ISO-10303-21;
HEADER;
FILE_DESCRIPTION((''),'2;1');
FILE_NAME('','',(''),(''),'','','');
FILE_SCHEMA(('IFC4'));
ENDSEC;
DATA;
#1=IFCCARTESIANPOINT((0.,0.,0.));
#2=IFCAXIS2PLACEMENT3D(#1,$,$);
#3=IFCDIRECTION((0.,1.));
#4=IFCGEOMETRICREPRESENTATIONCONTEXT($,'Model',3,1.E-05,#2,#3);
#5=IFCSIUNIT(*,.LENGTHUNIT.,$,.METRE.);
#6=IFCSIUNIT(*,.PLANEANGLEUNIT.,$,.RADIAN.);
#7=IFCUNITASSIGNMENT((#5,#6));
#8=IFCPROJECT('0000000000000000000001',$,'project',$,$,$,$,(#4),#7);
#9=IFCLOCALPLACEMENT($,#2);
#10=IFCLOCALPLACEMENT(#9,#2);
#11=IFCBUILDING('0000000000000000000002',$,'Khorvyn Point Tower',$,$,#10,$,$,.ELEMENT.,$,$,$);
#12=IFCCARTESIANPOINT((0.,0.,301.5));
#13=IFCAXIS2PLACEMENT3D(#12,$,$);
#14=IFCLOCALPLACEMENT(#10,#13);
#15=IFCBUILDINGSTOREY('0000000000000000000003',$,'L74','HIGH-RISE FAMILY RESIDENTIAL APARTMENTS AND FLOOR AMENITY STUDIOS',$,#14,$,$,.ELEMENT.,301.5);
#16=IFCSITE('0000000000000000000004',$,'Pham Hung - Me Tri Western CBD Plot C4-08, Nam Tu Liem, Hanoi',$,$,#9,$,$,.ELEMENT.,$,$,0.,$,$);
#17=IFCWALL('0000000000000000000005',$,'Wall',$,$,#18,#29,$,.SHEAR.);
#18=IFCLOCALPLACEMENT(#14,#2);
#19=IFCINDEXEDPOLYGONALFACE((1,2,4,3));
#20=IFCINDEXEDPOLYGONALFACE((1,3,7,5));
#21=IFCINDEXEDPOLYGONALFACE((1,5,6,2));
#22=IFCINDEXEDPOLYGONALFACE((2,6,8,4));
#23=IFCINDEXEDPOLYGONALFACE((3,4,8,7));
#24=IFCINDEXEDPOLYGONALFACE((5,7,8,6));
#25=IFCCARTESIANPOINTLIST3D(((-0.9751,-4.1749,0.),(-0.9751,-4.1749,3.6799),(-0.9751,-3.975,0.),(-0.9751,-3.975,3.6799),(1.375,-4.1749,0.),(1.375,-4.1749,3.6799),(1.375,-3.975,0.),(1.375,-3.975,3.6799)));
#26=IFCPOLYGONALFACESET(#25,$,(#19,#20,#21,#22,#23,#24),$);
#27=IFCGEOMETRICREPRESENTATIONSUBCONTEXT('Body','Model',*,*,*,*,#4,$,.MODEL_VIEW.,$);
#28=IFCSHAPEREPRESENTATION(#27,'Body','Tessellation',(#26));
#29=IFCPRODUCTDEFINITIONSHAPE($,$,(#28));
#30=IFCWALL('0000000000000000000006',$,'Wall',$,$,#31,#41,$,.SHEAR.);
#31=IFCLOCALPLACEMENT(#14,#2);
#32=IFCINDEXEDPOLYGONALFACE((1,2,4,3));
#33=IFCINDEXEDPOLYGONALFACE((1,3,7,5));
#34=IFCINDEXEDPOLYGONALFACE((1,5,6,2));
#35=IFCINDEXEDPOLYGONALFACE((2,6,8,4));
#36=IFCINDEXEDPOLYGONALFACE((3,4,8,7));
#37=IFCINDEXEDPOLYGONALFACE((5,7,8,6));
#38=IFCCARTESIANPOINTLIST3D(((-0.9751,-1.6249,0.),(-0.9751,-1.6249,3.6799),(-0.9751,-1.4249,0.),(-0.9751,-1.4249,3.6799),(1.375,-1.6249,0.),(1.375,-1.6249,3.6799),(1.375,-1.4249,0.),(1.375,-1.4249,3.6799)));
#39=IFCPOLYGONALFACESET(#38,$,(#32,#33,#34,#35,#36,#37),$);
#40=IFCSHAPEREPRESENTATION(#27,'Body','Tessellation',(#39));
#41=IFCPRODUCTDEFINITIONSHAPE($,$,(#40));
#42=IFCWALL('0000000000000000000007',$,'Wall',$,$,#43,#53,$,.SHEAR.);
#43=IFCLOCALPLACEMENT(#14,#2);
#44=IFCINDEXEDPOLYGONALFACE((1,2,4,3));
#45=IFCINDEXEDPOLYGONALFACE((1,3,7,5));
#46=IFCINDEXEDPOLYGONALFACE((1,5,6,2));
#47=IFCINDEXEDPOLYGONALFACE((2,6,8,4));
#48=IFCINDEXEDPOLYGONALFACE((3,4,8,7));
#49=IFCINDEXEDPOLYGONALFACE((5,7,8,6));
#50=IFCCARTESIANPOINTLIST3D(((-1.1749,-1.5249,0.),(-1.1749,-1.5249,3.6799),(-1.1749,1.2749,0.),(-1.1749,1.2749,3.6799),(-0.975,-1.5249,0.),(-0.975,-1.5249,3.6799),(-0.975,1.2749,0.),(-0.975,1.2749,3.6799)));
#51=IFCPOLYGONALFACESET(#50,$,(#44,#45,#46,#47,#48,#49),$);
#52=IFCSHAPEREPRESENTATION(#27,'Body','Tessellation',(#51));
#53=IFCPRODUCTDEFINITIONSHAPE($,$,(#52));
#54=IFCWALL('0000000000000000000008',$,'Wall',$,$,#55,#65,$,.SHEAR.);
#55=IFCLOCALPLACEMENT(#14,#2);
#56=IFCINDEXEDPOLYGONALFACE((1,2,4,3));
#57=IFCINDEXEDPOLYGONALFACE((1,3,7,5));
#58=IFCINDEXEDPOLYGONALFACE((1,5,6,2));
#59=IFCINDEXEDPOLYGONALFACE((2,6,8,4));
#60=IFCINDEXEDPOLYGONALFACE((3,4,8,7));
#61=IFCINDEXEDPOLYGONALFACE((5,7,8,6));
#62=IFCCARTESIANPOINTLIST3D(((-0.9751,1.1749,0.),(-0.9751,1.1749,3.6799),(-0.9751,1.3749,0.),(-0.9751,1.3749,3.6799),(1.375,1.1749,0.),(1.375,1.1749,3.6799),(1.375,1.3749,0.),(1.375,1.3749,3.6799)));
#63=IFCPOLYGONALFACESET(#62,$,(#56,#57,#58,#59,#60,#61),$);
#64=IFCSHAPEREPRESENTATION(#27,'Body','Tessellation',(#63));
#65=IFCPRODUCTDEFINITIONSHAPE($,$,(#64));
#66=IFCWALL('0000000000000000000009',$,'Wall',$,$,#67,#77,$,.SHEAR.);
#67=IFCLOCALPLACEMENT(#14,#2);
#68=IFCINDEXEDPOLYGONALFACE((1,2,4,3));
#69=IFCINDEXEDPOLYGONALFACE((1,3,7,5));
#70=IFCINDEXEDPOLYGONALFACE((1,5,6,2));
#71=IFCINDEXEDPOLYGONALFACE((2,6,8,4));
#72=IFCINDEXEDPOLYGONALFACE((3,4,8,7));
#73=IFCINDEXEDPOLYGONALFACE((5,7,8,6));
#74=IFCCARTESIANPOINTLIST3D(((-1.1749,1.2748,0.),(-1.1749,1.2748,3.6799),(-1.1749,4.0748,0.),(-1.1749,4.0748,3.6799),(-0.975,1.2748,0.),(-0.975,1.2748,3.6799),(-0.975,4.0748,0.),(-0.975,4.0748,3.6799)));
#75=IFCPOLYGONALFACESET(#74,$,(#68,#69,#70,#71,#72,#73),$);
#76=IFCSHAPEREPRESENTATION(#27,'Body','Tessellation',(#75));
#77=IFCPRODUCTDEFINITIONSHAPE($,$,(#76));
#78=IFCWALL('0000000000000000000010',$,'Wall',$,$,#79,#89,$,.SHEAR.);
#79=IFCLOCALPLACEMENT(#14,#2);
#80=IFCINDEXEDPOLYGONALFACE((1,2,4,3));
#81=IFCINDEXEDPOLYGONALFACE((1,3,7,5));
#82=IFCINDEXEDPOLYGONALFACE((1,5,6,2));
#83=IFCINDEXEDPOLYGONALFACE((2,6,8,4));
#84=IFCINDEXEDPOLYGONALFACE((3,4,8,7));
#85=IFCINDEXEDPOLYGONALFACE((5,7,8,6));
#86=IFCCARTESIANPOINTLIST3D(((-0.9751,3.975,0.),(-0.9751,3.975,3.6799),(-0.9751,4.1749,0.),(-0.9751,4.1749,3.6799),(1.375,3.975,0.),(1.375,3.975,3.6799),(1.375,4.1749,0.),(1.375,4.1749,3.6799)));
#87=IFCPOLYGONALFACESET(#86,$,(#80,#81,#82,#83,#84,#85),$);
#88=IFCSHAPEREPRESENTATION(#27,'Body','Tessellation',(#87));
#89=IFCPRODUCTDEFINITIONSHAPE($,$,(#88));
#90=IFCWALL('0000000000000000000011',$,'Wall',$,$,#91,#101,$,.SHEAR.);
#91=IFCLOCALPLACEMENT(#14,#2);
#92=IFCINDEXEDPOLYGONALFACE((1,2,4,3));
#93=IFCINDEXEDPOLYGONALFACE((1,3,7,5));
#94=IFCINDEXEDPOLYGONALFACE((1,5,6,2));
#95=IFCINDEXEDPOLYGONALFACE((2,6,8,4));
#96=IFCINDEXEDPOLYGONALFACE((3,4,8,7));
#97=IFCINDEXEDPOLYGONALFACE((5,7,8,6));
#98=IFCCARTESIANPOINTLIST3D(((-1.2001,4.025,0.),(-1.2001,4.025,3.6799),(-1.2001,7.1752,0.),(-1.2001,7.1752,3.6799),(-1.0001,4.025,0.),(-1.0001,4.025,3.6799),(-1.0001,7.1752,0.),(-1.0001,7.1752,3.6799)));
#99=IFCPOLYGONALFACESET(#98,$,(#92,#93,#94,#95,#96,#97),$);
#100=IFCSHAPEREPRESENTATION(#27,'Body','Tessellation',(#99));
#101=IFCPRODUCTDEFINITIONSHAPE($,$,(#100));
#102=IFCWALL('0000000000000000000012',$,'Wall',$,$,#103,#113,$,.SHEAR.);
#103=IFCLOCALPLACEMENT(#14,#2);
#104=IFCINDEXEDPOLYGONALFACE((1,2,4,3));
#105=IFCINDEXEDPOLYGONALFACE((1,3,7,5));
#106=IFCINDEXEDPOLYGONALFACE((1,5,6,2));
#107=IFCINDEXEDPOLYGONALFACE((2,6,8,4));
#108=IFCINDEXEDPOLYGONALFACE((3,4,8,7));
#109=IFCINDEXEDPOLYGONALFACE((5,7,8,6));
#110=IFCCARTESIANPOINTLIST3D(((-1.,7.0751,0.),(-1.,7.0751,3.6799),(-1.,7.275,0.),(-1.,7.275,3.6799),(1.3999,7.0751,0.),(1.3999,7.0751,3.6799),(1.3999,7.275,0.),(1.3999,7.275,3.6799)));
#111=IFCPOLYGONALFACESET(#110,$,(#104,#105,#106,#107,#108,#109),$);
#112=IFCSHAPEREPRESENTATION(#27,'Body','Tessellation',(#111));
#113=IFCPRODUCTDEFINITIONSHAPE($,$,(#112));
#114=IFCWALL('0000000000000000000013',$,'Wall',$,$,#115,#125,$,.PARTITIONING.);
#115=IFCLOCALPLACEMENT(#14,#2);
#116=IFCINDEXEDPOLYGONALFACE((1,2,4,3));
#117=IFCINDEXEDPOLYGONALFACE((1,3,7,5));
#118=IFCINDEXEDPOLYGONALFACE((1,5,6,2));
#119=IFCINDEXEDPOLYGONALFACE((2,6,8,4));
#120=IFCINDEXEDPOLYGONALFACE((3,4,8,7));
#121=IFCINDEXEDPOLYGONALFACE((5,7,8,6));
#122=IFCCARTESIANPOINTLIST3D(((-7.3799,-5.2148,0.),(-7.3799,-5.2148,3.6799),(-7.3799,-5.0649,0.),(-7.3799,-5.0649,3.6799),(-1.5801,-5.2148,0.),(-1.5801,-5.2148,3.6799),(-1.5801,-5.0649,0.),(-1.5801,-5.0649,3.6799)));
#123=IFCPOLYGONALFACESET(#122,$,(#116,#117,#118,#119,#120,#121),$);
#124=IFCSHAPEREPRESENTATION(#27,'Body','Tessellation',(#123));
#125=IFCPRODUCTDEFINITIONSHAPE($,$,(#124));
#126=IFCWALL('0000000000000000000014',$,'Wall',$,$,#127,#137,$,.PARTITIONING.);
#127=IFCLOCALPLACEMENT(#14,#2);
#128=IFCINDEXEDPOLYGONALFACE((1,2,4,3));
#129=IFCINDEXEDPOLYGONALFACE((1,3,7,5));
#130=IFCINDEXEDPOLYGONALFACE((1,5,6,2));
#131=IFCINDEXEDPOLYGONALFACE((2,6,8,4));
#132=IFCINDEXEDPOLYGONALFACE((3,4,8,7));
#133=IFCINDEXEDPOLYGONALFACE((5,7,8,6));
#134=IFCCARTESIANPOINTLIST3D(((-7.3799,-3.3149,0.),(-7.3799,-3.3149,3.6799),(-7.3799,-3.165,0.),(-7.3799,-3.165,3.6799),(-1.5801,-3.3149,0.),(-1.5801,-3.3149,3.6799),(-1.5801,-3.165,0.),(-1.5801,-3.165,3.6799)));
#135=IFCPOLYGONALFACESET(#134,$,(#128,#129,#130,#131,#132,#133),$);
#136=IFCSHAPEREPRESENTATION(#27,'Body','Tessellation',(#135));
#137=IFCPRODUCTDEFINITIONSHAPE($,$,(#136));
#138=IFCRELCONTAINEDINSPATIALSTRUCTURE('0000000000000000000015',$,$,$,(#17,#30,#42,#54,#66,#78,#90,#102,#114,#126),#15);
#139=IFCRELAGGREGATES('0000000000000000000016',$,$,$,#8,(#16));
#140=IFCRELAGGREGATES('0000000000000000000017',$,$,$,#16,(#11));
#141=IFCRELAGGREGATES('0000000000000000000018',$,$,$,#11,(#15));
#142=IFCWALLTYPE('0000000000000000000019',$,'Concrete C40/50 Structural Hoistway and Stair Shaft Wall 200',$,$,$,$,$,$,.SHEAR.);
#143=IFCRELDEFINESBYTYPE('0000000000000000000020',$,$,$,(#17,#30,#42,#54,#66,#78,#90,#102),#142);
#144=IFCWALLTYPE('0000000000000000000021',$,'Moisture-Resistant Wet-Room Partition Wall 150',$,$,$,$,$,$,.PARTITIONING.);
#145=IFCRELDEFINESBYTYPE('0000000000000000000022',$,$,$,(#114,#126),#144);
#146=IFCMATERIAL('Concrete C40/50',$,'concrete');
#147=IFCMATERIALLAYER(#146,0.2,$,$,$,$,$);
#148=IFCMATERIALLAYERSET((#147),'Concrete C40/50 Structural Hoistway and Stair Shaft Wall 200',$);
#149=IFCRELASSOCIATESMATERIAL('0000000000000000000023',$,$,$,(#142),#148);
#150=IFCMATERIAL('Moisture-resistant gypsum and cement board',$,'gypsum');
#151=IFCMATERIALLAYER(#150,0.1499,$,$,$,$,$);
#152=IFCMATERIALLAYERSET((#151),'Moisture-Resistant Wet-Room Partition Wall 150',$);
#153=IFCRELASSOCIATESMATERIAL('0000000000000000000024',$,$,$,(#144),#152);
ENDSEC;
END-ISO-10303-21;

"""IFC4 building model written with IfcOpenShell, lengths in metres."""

from ifc_helpers import new_model, si_unit, direction, frame, frame_2d, origin, place, context, subcontext, project, spatial, rectangle, extrude, material, layer, layer_set, type_object, element, save


model = new_model("IFC4")

# Units and contexts
model_context = context("Model", 3, precision=1e-05, world=origin(), true_north=direction((0.0, 1.0)))
body_context = subcontext(model_context, "Body", "Model", "MODEL_VIEW")
ifc_project = project(units=[si_unit("LENGTHUNIT", "METRE"), si_unit("PLANEANGLEUNIT", "RADIAN")], contexts=[model_context])

# Site, building, storey
site_placement = place(None, origin())
site = spatial("IfcSite", under=ifc_project, at=site_placement, Name="Pham Hung - Me Tri Western CBD Plot C4-08, Nam Tu Liem, Hanoi", CompositionType="ELEMENT", RefElevation=0.0)
building_placement = place(site_placement, origin())
building = spatial("IfcBuilding", under=site, at=building_placement, Name="Khorvyn Point Tower", CompositionType="ELEMENT")
storey_placement = place(building_placement, frame((0.0, 0.0, 301.5)))
storey = spatial("IfcBuildingStorey", under=building, at=storey_placement, Name="L74", Description="HIGH-RISE FAMILY RESIDENTIAL APARTMENTS AND FLOOR AMENITY STUDIOS", CompositionType="ELEMENT", Elevation=301.5)

# Shared definitions
ifc_material_1 = material(Name="Concrete C40/50", Category="concrete")

# Walls
ifc_layer_1 = layer(ifc_material_1, 0.2)
ifc_layer_set_1 = layer_set([ifc_layer_1], Name="Concrete C40/50 Structural Hoistway and Stair Shaft Wall 200")
wall_type_1 = type_object("IfcWallType", Name="Concrete C40/50 Structural Hoistway and Stair Shaft Wall 200", PredefinedType="SHEAR", material=ifc_layer_set_1)
for number, where, z_axis, x_axis, name in (
    (1, (-0.9751, -4.075, 0.0), (0.0, 0.0, 1.0), (1.0, 0.0, 0.0), "Wall"),
    (2, (-0.9751, -1.5249, 0.0), (0.0, 0.0, 1.0), (1.0, 0.0, 0.0), "Wall"),
):
    element("IfcWall", number, at=place(storey_placement, frame(where, z_axis=z_axis, x_axis=x_axis)), inside=storey, type_object=wall_type_1, Name=name, PredefinedType="SHEAR", context=body_context, shape_type="SweptSolid", body=[
        extrude(rectangle(XDim=2.3501, YDim=0.2, at=frame_2d((1.175, 0.0))), origin(), (0.0, 0.0, 1.0), 3.6799),
    ])
wall_1_placement = place(storey_placement, frame((-1.075, -1.5249, 0.0), z_axis=(0.0, 0.0, 1.0), x_axis=(0.0, 1.0, 0.0)))
element("IfcWall", 3, at=wall_1_placement, inside=storey, type_object=wall_type_1, Name="Wall", PredefinedType="SHEAR", context=body_context, shape_type="SweptSolid", body=[
    extrude(rectangle(XDim=2.7998, YDim=0.2, at=frame_2d((1.3999, 0.0))), origin(), (0.0, 0.0, 1.0), 3.6799),
])
wall_2_placement = place(storey_placement, frame((-0.9751, 1.2749, 0.0), z_axis=(0.0, 0.0, 1.0), x_axis=(1.0, 0.0, 0.0)))
element("IfcWall", 4, at=wall_2_placement, inside=storey, type_object=wall_type_1, Name="Wall", PredefinedType="SHEAR", context=body_context, shape_type="SweptSolid", body=[
    extrude(rectangle(XDim=2.3501, YDim=0.2, at=frame_2d((1.175, 0.0))), origin(), (0.0, 0.0, 1.0), 3.6799),
])
wall_3_placement = place(storey_placement, frame((-1.075, 1.2749, 0.0), z_axis=(0.0, 0.0, 1.0), x_axis=(0.0, 1.0, 0.0)))
element("IfcWall", 5, at=wall_3_placement, inside=storey, type_object=wall_type_1, Name="Wall", PredefinedType="SHEAR", context=body_context, shape_type="SweptSolid", body=[
    extrude(rectangle(XDim=2.8, YDim=0.2, at=frame_2d((1.3999, 0.0))), origin(), (0.0, 0.0, 1.0), 3.6799),
])
wall_4_placement = place(storey_placement, frame((-0.9751, 4.075, 0.0), z_axis=(0.0, 0.0, 1.0), x_axis=(1.0, 0.0, 0.0)))
element("IfcWall", 6, at=wall_4_placement, inside=storey, type_object=wall_type_1, Name="Wall", PredefinedType="SHEAR", context=body_context, shape_type="SweptSolid", body=[
    extrude(rectangle(XDim=2.3501, YDim=0.2, at=frame_2d((1.175, 0.0))), origin(), (0.0, 0.0, 1.0), 3.6799),
])
wall_5_placement = place(storey_placement, frame((-1.1001, 4.0249, 0.0), z_axis=(0.0, 0.0, 1.0), x_axis=(0.0, 1.0, 0.0)))
element("IfcWall", 7, at=wall_5_placement, inside=storey, type_object=wall_type_1, Name="Wall", PredefinedType="SHEAR", context=body_context, shape_type="SweptSolid", body=[
    extrude(rectangle(XDim=3.1501, YDim=0.2, at=frame_2d((1.5752, 0.0))), origin(), (0.0, 0.0, 1.0), 3.6799),
])
wall_6_placement = place(storey_placement, frame((-1.0, 7.175, 0.0), z_axis=(0.0, 0.0, 1.0), x_axis=(1.0, 0.0, 0.0)))
element("IfcWall", 8, at=wall_6_placement, inside=storey, type_object=wall_type_1, Name="Wall", PredefinedType="SHEAR", context=body_context, shape_type="SweptSolid", body=[
    extrude(rectangle(XDim=2.3999, YDim=0.2, at=frame_2d((1.2, 0.0))), origin(), (0.0, 0.0, 1.0), 3.6799),
])
ifc_material_2 = material(Name="Moisture-resistant gypsum and cement board", Category="gypsum")
ifc_layer_2 = layer(ifc_material_2, 0.1499)
ifc_layer_set_2 = layer_set([ifc_layer_2], Name="Moisture-Resistant Wet-Room Partition Wall 150")
wall_type_2 = type_object("IfcWallType", Name="Moisture-Resistant Wet-Room Partition Wall 150", PredefinedType="PARTITIONING", material=ifc_layer_set_2)
for number, where, z_axis, x_axis, name in (
    (9, (-7.3799, -5.1399, 0.0), (0.0, 0.0, 1.0), (1.0, 0.0, 0.0), "Wall"),
    (10, (-7.3799, -3.24, 0.0), (0.0, 0.0, 1.0), (1.0, 0.0, 0.0), "Wall"),
):
    element("IfcWall", number, at=place(storey_placement, frame(where, z_axis=z_axis, x_axis=x_axis)), inside=storey, type_object=wall_type_2, Name=name, PredefinedType="PARTITIONING", context=body_context, shape_type="SweptSolid", body=[
        extrude(rectangle(XDim=5.7998, YDim=0.1499, at=frame_2d((2.8999, 0.0))), origin(), (0.0, 0.0, 1.0), 3.6799),
    ])

save(model, "model.ifc")
